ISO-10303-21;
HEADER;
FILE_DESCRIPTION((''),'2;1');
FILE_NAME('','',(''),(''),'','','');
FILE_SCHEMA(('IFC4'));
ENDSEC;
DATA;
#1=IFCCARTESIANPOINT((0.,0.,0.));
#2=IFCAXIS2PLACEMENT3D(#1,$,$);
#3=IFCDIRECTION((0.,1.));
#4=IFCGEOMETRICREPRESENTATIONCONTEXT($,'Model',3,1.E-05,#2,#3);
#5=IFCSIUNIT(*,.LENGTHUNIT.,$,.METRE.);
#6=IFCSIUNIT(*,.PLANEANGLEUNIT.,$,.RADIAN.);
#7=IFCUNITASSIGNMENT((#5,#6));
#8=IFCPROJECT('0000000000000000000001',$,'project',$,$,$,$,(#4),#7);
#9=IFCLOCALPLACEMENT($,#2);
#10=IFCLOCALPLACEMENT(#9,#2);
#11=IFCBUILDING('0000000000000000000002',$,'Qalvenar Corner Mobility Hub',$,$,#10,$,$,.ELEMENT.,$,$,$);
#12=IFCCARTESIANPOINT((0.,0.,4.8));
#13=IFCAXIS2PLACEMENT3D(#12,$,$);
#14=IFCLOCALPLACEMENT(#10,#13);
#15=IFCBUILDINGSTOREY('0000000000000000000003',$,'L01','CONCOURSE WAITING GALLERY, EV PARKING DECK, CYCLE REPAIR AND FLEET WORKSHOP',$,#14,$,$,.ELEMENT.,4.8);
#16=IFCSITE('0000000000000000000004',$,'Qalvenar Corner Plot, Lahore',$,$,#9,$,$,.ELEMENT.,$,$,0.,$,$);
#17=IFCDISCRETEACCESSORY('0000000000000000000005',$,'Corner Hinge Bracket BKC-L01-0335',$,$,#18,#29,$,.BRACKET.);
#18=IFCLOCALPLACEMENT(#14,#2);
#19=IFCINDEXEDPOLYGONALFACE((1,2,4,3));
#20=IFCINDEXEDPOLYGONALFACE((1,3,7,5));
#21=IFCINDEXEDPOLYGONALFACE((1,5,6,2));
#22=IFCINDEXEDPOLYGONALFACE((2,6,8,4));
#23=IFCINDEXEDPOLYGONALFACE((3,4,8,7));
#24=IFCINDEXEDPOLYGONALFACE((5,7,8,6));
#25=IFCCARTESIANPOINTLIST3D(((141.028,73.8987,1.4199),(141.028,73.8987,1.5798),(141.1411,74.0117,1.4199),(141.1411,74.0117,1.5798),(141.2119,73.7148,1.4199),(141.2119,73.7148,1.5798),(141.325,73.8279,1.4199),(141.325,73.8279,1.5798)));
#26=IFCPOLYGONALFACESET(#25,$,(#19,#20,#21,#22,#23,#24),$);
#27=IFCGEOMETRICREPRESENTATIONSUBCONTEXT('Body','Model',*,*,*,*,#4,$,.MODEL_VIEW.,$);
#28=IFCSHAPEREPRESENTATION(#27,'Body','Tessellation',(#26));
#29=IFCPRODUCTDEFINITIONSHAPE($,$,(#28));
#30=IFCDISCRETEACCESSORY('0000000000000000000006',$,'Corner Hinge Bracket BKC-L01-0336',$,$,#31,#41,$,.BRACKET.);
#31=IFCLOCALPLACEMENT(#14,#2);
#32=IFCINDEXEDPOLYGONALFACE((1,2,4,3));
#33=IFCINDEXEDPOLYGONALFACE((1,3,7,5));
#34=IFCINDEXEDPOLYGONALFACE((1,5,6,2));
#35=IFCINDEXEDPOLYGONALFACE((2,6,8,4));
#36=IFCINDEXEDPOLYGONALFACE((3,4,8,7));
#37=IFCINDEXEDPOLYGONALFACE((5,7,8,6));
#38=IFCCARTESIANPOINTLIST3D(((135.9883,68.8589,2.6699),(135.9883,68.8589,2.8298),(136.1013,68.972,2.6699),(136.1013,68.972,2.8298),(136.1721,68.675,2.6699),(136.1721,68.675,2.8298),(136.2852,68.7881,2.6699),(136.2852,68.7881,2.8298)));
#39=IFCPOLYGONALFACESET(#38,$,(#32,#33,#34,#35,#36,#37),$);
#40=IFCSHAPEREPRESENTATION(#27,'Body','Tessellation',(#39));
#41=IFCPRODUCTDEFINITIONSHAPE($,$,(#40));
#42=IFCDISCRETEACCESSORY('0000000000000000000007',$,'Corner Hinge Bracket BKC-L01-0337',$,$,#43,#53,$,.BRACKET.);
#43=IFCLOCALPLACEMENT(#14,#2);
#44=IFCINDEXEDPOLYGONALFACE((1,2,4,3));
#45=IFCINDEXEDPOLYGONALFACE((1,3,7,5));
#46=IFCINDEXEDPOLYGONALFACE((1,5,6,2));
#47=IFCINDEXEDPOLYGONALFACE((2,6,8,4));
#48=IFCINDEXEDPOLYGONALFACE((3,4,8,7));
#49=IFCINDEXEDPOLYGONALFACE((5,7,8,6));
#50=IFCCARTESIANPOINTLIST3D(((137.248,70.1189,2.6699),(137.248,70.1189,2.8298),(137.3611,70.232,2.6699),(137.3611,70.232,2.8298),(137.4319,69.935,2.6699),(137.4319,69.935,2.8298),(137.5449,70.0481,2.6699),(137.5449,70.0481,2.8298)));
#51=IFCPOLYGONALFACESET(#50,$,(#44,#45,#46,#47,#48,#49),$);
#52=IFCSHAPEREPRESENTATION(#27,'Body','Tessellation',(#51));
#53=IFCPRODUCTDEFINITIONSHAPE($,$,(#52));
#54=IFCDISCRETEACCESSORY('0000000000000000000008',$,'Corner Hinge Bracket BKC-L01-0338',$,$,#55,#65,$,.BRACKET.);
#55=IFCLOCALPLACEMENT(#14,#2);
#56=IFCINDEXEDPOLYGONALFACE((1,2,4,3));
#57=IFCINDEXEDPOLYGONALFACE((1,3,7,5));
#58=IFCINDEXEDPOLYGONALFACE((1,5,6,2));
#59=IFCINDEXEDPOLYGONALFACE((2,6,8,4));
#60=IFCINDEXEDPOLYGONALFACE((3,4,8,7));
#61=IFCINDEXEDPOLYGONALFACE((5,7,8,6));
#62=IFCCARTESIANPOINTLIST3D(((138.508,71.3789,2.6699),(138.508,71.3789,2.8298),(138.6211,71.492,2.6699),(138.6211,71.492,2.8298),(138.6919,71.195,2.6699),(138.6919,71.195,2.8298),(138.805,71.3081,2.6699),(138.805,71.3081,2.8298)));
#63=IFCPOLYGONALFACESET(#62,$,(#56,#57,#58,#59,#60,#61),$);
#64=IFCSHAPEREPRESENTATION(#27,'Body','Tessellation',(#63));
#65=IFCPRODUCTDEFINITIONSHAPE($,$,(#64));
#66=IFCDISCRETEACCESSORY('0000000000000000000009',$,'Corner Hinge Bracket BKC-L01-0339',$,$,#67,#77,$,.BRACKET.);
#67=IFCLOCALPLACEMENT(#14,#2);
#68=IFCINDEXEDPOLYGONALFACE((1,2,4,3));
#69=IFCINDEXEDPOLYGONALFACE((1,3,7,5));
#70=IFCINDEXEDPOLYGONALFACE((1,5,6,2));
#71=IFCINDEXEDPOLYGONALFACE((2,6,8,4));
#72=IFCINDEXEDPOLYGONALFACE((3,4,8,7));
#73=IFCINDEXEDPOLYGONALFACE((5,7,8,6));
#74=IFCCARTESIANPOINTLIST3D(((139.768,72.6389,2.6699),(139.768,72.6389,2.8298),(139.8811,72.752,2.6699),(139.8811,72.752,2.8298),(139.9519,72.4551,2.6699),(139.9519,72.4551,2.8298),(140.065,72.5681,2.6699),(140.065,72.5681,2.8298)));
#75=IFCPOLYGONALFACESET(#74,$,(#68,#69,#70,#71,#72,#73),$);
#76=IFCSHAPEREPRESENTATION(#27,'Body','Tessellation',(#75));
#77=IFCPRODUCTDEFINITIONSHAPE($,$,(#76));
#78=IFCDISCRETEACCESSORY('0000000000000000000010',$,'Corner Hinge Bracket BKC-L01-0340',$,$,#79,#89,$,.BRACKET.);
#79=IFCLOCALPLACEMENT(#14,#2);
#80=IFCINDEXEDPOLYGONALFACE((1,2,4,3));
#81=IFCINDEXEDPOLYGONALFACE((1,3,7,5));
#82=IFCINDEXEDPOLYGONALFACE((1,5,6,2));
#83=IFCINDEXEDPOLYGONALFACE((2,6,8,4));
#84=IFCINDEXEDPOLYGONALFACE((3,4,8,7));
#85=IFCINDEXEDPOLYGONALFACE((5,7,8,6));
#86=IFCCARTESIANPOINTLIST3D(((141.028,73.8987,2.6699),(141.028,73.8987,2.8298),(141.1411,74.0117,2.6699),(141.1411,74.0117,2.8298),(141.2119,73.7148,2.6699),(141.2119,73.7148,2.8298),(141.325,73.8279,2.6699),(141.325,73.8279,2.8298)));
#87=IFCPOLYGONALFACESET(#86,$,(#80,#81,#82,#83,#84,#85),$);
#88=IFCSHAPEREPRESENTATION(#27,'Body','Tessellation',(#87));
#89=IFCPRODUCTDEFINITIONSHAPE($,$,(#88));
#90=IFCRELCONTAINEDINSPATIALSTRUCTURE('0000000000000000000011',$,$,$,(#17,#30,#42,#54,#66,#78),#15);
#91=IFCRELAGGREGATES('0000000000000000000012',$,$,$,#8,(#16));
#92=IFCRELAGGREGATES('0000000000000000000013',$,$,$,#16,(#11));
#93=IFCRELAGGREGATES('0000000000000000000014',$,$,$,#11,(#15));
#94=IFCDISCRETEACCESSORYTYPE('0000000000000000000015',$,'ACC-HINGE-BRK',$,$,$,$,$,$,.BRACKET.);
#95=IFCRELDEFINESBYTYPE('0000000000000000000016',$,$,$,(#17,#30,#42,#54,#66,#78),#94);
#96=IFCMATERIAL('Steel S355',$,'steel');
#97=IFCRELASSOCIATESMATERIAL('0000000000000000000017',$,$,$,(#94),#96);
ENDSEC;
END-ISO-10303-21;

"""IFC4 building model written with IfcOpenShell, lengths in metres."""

from ifc_helpers import new_model, si_unit, direction, frame, origin, origin_2d, place, context, subcontext, project, spatial, rectangle, extrude, material, type_object, element, save


model = new_model("IFC4")

# Units and contexts
model_context = context("Model", 3, precision=1e-05, world=origin(), true_north=direction((0.0, 1.0)))
body_context = subcontext(model_context, "Body", "Model", "MODEL_VIEW")
ifc_project = project(units=[si_unit("LENGTHUNIT", "METRE"), si_unit("PLANEANGLEUNIT", "RADIAN")], contexts=[model_context])

# Site, building, storey
site_placement = place(None, origin())
site = spatial("IfcSite", under=ifc_project, at=site_placement, Name="Qalvenar Corner Plot, Lahore", CompositionType="ELEMENT", RefElevation=0.0)
building_placement = place(site_placement, origin())
building = spatial("IfcBuilding", under=site, at=building_placement, Name="Qalvenar Corner Mobility Hub", CompositionType="ELEMENT")
storey_placement = place(building_placement, frame((0.0, 0.0, 4.8)))
storey = spatial("IfcBuildingStorey", under=building, at=storey_placement, Name="L01", Description="CONCOURSE WAITING GALLERY, EV PARKING DECK, CYCLE REPAIR AND FLEET WORKSHOP", CompositionType="ELEMENT", Elevation=4.8)

# Shared definitions
ifc_material_1 = material(Name="Steel S355", Category="steel")

# Discrete accessories
discrete_accessory_type = type_object("IfcDiscreteAccessoryType", Name="ACC-HINGE-BRK", PredefinedType="BRACKET", material=ifc_material_1)
for number, where, z_axis, x_axis, name in (
    (1, (141.1765, 73.8633, 1.4199), (0.0, 0.0, 1.0), (0.707107, 0.707107, 0.0), "Corner Hinge Bracket BKC-L01-0335"),
    (2, (136.1367, 68.8235, 2.6699), (0.0, 0.0, 1.0), (0.707107, 0.707107, 0.0), "Corner Hinge Bracket BKC-L01-0336"),
    (3, (137.3965, 70.0835, 2.6699), (0.0, 0.0, 1.0), (0.707107, 0.707107, 0.0), "Corner Hinge Bracket BKC-L01-0337"),
    (4, (138.6565, 71.3435, 2.6699), (0.0, 0.0, 1.0), (0.707107, 0.707107, 0.0), "Corner Hinge Bracket BKC-L01-0338"),
    (5, (139.9165, 72.6035, 2.6699), (0.0, 0.0, 1.0), (0.707107, 0.707107, 0.0), "Corner Hinge Bracket BKC-L01-0339"),
    (6, (141.1765, 73.8633, 2.6699), (0.0, 0.0, 1.0), (0.707107, 0.707107, 0.0), "Corner Hinge Bracket BKC-L01-0340"),
):
    element("IfcDiscreteAccessory", number, at=place(storey_placement, frame(where, z_axis=z_axis, x_axis=x_axis)), inside=storey, type_object=discrete_accessory_type, Name=name, PredefinedType="BRACKET", context=body_context, shape_type="SweptSolid", body=[
        extrude(rectangle(XDim=0.1599, YDim=0.26, at=origin_2d()), origin(), (0.0, 0.0, 1.0), 0.1599),
    ])

save(model, "model.ifc")
